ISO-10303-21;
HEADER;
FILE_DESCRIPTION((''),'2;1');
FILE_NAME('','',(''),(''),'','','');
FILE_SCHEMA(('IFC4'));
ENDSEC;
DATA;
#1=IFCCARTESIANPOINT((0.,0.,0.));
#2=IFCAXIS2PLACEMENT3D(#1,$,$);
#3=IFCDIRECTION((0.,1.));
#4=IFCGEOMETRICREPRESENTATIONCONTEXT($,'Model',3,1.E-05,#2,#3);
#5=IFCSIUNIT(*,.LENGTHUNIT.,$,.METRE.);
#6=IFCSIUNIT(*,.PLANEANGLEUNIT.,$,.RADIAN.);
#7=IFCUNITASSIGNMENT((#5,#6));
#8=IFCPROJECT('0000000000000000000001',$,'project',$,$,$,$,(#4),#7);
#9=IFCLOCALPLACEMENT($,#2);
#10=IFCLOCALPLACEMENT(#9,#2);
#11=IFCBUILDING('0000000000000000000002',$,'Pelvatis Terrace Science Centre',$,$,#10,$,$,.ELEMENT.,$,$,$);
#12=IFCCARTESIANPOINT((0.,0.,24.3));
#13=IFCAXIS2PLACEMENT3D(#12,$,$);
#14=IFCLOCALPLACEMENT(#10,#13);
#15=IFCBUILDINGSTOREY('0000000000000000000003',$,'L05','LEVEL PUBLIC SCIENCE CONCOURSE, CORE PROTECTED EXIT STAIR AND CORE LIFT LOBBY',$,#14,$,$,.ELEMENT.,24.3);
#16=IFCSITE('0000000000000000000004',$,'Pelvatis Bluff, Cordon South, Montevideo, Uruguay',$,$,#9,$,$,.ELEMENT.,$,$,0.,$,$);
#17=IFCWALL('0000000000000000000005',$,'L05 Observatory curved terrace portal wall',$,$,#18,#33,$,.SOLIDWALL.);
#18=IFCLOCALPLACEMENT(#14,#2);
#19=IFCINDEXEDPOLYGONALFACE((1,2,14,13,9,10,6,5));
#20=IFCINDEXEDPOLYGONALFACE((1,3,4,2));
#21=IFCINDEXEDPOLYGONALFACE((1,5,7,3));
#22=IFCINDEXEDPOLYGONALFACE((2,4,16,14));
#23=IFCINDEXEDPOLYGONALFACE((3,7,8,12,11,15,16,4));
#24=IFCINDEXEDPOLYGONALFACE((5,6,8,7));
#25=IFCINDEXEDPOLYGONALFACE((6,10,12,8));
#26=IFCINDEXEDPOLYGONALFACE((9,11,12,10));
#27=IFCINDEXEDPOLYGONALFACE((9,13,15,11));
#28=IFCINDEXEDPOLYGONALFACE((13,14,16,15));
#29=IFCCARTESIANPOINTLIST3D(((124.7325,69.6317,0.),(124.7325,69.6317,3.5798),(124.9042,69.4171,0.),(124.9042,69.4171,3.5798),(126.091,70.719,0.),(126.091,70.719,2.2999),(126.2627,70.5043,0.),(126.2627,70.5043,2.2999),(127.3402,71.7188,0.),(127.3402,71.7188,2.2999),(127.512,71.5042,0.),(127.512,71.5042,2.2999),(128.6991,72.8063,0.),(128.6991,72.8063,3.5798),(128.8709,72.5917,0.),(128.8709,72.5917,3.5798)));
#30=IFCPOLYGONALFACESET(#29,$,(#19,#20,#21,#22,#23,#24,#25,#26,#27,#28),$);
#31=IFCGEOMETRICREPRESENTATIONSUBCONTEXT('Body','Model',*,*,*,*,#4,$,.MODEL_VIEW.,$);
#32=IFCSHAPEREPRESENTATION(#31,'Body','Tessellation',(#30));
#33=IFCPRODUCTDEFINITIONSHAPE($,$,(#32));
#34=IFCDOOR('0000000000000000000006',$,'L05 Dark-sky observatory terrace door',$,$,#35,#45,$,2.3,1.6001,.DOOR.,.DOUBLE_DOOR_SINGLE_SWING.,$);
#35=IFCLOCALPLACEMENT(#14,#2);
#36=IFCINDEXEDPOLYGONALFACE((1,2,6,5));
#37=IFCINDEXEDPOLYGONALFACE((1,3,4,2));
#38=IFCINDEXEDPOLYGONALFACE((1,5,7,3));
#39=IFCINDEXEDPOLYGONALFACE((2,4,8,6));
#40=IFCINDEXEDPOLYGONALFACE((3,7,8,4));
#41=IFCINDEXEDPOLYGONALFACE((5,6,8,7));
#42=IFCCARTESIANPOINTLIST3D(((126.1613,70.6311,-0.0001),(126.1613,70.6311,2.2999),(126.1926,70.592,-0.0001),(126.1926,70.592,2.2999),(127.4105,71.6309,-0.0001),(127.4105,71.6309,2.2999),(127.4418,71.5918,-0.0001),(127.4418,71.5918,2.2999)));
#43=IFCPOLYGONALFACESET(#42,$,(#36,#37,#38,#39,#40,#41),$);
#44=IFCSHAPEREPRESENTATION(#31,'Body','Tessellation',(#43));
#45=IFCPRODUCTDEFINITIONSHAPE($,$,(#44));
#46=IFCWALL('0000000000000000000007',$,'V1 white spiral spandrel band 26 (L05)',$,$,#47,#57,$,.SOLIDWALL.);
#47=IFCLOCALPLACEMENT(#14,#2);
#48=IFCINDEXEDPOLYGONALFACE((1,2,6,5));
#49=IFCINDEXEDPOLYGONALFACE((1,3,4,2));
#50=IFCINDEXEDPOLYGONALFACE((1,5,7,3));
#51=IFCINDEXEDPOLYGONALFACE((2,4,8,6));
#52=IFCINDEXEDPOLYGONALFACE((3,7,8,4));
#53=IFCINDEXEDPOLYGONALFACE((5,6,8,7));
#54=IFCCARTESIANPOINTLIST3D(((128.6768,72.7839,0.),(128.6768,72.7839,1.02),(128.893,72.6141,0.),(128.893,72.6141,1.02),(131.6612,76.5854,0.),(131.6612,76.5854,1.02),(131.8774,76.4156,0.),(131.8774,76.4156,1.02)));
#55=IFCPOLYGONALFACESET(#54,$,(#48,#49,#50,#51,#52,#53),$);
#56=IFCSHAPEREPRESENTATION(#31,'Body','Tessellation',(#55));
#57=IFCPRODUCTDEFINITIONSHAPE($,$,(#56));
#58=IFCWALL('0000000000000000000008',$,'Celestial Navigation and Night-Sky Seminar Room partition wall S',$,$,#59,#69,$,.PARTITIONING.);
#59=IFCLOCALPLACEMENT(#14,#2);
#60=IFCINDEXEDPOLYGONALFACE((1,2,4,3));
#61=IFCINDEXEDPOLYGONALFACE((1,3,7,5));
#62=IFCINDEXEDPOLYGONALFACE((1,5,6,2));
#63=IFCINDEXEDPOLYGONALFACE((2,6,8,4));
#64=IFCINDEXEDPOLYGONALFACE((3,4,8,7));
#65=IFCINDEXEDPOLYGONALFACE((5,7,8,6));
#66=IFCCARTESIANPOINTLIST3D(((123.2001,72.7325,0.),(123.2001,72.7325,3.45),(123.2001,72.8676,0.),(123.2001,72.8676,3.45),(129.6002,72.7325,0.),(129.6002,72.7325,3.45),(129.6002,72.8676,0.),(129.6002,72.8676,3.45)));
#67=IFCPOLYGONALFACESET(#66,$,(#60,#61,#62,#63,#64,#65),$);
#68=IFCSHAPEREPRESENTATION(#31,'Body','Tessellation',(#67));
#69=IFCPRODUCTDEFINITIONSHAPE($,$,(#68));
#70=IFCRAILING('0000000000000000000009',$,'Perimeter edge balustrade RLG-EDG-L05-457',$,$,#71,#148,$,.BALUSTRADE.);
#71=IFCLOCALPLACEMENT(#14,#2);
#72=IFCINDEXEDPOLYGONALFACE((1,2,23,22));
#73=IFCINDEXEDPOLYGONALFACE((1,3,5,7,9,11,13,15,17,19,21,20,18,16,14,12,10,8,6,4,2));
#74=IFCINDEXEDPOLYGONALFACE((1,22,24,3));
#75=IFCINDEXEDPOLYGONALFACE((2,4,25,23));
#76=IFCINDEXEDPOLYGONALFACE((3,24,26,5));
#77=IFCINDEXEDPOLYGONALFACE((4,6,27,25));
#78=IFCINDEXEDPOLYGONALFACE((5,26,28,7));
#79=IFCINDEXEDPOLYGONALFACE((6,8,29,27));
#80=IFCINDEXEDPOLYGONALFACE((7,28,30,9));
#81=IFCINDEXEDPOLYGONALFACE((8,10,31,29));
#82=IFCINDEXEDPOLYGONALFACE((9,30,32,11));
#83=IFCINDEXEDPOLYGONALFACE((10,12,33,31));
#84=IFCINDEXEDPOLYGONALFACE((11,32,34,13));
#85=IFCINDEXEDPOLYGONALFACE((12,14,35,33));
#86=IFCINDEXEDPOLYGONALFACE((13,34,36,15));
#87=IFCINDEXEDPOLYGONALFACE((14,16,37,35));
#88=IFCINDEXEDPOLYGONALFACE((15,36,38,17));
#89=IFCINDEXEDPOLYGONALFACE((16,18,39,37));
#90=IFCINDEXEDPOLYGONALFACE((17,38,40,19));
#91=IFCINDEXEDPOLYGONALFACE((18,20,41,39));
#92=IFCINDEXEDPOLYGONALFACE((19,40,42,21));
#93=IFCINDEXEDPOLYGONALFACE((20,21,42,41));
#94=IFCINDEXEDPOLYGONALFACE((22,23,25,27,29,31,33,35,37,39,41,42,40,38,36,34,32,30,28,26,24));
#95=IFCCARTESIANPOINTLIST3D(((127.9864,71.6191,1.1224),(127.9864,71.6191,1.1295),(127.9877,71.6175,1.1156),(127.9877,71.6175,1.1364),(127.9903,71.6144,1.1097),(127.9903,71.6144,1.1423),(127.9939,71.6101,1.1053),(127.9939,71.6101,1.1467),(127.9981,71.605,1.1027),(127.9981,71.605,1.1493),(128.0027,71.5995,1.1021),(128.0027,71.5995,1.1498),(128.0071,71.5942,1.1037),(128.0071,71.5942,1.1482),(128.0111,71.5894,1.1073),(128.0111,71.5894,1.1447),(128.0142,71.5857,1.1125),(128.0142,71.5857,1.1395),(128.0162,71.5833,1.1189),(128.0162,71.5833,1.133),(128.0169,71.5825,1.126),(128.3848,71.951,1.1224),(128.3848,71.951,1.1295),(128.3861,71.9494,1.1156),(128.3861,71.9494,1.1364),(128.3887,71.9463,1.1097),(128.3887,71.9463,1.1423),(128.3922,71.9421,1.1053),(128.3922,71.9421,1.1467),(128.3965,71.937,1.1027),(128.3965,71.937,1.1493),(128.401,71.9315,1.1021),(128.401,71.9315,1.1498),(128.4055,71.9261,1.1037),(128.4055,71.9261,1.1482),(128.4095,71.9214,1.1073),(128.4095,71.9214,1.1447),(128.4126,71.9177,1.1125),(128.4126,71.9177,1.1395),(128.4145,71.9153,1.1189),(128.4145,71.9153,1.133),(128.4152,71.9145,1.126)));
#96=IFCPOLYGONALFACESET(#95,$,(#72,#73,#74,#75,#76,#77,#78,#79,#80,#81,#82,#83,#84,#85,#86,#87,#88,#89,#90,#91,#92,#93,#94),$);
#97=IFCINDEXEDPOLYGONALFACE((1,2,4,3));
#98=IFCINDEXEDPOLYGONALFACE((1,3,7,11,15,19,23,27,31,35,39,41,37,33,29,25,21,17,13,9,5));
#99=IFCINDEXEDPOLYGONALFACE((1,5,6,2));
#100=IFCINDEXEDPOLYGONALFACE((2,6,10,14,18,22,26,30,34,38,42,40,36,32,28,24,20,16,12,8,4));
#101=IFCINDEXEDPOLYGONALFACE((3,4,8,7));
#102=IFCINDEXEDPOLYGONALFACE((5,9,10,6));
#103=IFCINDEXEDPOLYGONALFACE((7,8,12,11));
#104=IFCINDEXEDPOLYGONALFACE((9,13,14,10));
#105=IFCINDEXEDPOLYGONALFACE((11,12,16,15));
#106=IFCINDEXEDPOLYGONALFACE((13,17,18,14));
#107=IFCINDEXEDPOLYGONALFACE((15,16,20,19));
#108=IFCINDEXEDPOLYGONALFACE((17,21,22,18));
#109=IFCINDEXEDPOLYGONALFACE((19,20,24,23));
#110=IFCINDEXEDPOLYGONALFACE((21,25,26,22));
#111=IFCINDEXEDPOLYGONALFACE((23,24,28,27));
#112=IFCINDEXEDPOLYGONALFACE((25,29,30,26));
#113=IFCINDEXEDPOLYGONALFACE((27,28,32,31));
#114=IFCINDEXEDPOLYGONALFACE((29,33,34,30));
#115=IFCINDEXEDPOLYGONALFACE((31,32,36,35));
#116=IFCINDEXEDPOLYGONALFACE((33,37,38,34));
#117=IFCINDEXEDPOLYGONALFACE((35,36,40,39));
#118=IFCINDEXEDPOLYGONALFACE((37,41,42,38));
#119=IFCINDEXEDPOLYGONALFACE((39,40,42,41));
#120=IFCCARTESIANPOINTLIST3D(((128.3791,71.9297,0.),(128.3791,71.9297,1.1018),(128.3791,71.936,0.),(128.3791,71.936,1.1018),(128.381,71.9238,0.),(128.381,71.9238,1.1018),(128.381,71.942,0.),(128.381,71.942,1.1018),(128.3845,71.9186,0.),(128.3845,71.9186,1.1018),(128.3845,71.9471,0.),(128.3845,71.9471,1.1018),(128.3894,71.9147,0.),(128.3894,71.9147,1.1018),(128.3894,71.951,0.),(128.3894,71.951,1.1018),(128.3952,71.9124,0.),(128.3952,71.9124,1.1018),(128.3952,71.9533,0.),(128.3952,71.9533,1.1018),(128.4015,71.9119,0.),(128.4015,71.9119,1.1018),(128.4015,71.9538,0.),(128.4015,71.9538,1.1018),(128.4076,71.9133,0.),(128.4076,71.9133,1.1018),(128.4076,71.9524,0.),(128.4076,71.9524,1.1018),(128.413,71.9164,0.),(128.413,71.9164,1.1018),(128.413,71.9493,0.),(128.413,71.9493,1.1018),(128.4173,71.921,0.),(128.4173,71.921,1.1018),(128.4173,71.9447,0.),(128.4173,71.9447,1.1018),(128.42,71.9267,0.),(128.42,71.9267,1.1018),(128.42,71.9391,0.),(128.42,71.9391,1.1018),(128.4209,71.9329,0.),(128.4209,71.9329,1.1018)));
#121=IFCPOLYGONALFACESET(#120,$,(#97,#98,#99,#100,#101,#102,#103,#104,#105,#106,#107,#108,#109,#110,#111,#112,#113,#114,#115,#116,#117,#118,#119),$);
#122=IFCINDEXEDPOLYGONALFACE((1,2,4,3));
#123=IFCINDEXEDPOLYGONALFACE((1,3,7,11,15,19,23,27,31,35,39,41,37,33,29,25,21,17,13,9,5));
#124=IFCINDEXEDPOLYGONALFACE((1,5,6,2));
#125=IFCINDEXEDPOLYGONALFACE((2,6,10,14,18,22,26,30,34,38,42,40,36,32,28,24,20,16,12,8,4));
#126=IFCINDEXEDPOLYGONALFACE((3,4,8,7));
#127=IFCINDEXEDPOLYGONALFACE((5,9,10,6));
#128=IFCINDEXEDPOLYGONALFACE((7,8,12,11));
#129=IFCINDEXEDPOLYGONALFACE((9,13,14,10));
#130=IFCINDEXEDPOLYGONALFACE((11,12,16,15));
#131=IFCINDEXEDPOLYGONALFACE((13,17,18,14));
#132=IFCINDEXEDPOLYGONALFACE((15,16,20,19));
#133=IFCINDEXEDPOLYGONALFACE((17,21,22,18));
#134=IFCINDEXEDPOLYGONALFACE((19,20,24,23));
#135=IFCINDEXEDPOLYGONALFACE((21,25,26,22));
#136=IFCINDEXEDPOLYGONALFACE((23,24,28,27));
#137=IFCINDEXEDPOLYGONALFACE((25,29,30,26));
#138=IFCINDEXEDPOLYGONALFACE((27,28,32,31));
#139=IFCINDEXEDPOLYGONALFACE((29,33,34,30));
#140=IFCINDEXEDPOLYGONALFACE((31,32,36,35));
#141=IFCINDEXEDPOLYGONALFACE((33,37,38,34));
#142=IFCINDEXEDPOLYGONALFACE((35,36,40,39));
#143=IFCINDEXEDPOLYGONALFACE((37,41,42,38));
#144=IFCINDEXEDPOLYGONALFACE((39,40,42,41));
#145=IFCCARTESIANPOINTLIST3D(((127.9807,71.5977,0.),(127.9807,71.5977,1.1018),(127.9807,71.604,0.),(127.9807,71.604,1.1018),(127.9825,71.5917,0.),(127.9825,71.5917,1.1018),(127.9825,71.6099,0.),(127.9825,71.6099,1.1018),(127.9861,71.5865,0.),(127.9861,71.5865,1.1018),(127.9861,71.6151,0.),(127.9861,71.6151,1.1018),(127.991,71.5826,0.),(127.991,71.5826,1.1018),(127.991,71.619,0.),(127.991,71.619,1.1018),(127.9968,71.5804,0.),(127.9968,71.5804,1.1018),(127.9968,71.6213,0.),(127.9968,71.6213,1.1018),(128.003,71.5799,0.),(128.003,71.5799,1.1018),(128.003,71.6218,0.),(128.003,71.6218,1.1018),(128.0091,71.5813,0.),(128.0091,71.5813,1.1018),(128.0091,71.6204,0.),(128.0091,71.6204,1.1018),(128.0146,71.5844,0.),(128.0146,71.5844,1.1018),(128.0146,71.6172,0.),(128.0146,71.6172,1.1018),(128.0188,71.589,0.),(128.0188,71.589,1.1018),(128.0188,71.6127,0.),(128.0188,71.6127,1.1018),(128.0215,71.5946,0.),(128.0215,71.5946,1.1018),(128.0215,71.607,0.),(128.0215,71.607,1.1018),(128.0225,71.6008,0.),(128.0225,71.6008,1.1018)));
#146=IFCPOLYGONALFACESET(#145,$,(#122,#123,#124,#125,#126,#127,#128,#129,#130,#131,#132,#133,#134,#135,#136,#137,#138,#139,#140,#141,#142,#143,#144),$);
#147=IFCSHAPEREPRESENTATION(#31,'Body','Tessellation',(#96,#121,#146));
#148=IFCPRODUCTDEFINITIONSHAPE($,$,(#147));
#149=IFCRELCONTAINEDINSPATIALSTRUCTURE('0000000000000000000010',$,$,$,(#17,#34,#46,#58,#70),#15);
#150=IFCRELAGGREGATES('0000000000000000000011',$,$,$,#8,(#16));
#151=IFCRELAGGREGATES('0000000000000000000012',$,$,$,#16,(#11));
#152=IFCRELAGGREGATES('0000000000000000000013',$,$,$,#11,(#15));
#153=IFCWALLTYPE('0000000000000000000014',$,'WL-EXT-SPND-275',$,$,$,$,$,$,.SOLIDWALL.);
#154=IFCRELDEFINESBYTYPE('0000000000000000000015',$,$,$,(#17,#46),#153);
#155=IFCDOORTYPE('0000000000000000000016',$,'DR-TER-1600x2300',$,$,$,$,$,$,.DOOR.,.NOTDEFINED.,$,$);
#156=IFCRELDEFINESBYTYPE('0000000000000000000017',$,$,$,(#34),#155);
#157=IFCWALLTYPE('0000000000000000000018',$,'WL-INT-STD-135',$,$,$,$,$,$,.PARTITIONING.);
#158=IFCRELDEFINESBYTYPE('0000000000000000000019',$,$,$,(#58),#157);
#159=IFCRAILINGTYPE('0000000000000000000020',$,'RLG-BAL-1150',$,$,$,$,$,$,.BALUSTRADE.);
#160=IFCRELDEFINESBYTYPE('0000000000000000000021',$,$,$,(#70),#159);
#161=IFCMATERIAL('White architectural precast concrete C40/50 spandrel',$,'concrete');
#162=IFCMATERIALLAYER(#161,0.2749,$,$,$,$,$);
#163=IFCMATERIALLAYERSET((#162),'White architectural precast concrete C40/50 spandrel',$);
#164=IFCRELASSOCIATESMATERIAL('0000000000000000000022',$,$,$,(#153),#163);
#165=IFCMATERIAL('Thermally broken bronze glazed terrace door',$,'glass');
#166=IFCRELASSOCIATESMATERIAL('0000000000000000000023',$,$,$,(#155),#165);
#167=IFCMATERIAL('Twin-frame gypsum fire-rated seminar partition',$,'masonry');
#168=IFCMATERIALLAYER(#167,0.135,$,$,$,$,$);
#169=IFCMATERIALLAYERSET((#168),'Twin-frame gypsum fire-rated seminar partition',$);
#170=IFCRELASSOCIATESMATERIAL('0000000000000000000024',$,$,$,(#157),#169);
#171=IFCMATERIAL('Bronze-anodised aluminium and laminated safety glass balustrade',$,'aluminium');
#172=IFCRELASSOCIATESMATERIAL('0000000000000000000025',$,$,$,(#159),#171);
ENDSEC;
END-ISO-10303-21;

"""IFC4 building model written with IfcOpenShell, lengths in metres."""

from ifc_helpers import new_model, si_unit, direction, frame, frame_2d, origin, origin_2d, place, context, subcontext, project, spatial, rectangle, circle, extrude, material, layer, layer_set, type_object, element, fill, save


model = new_model("IFC4")

# Units and contexts
model_context = context("Model", 3, precision=1e-05, world=origin(), true_north=direction((0.0, 1.0)))
body_context = subcontext(model_context, "Body", "Model", "MODEL_VIEW")
ifc_project = project(units=[si_unit("LENGTHUNIT", "METRE"), si_unit("PLANEANGLEUNIT", "RADIAN")], contexts=[model_context])

# Site, building, storey
site_placement = place(None, origin())
site = spatial("IfcSite", under=ifc_project, at=site_placement, Name="Pelvatis Bluff, Cordon South, Montevideo, Uruguay", CompositionType="ELEMENT", RefElevation=0.0)
building_placement = place(site_placement, origin())
building = spatial("IfcBuilding", under=site, at=building_placement, Name="Pelvatis Terrace Science Centre", CompositionType="ELEMENT")
storey_placement = place(building_placement, frame((0.0, 0.0, 24.3)))
storey = spatial("IfcBuildingStorey", under=building, at=storey_placement, Name="L05", Description="LEVEL PUBLIC SCIENCE CONCOURSE, CORE PROTECTED EXIT STAIR AND CORE LIFT LOBBY", CompositionType="ELEMENT", Elevation=24.3)

# Wall, opening, door
ifc_material_1 = material(Name="White architectural precast concrete C40/50 spandrel", Category="concrete")
ifc_layer_1 = layer(ifc_material_1, 0.2749)
ifc_layer_set_1 = layer_set([ifc_layer_1], Name="White architectural precast concrete C40/50 spandrel")
wall_type_1 = type_object("IfcWallType", Name="WL-EXT-SPND-275", PredefinedType="SOLIDWALL", material=ifc_layer_set_1)
wall_1_placement = place(storey_placement, frame((124.8184, 69.5244, 0.0), z_axis=(0.0, 0.0, 1.0), x_axis=(0.780742, 0.624853, 0.0)))
wall_1 = element("IfcWall", 1, at=wall_1_placement, inside=storey, type_object=wall_type_1, Name="L05 Observatory curved terrace portal wall", PredefinedType="SOLIDWALL", context=body_context, shape_type="SweptSolid", body=[
    extrude(rectangle(XDim=5.0806, YDim=0.2749, at=frame_2d((2.5403, 0.0))), origin(), (0.0, 0.0, 1.0), 3.5798),
])
opening_placement = place(wall_1_placement, frame((1.74, 0.0, 0.0)))
opening = element("IfcOpeningElement", 2, at=opening_placement, cuts=wall_1, PredefinedType="OPENING", context=body_context, shape_type="SweptSolid", body=[
    extrude(rectangle(XDim=1.6001, YDim=2.3, at=frame_2d((0.8, 1.1499))), frame((0.0, 0.1475, 0.0), z_axis=(0.0, -1.0, 0.0), x_axis=(1.0, 0.0, 0.0)), (0.0, 0.0, 1.0), 0.2949),
])
ifc_material_2 = material(Name="Thermally broken bronze glazed terrace door", Category="glass")
door_type = type_object("IfcDoorType", Name="DR-TER-1600x2300", OperationType="NOTDEFINED", PredefinedType="DOOR", material=ifc_material_2)
door_placement = place(opening_placement, origin())
door = element("IfcDoor", 3, at=door_placement, inside=storey, type_object=door_type, Name="L05 Dark-sky observatory terrace door", OperationType="DOUBLE_DOOR_SINGLE_SWING", OverallHeight=2.3, OverallWidth=1.6001, PredefinedType="DOOR", context=body_context, shape_type="SweptSolid", body=[
    extrude(rectangle(XDim=1.6001, YDim=2.3, at=frame_2d((0.8, 1.1499))), frame((0.0, 0.0249, 0.0), z_axis=(0.0, -1.0, 0.0), x_axis=(1.0, 0.0, 0.0)), (0.0, 0.0, 1.0), 0.05),
])
fill(opening, door)

# Walls
wall_2_placement = place(storey_placement, frame((128.7849, 72.699, 0.0), z_axis=(0.0, 0.0, 1.0), x_axis=(0.617498, 0.786572, 0.0)))
element("IfcWall", 4, at=wall_2_placement, inside=storey, type_object=wall_type_1, Name="V1 white spiral spandrel band 26 (L05)", PredefinedType="SOLIDWALL", context=body_context, shape_type="SweptSolid", body=[
    extrude(rectangle(XDim=4.833, YDim=0.2749, at=frame_2d((2.4165, 0.0))), origin(), (0.0, 0.0, 1.0), 1.02),
])
ifc_material_3 = material(Name="Twin-frame gypsum fire-rated seminar partition", Category="masonry")
ifc_layer_2 = layer(ifc_material_3, 0.135)
ifc_layer_set_2 = layer_set([ifc_layer_2], Name="Twin-frame gypsum fire-rated seminar partition")
wall_type_2 = type_object("IfcWallType", Name="WL-INT-STD-135", PredefinedType="PARTITIONING", material=ifc_layer_set_2)
wall_3_placement = place(storey_placement, frame((123.2, 72.8, 0.0), z_axis=(0.0, 0.0, 1.0), x_axis=(1.0, 0.0, 0.0)))
element("IfcWall", 5, at=wall_3_placement, inside=storey, type_object=wall_type_2, Name="Celestial Navigation and Night-Sky Seminar Room partition wall S", PredefinedType="PARTITIONING", context=body_context, shape_type="SweptSolid", body=[
    extrude(rectangle(XDim=6.4001, YDim=0.135, at=frame_2d((3.2002, 0.0))), origin(), (0.0, 0.0, 1.0), 3.45),
])

# Railing
ifc_material_4 = material(Name="Bronze-anodised aluminium and laminated safety glass balustrade", Category="aluminium")
railing_type = type_object("IfcRailingType", Name="RLG-BAL-1150", PredefinedType="BALUSTRADE", material=ifc_material_4)
railing_1_placement = place(storey_placement, frame((128.3999, 71.9329, 0.0)))
element("IfcRailing", 6, at=railing_1_placement, inside=storey, type_object=railing_type, Name="Perimeter edge balustrade RLG-EDG-L05-457", PredefinedType="BALUSTRADE", context=body_context, shape_type="SweptSolid", body=[
    extrude(circle(Radius=0.0239, at=origin_2d()), frame((0.0, 0.0, 1.126), z_axis=(-0.768221, -0.640184, 0.0), x_axis=(0.640184, -0.768221, 0.0)), (0.0, 0.0, 1.0), 0.5186),
    extrude(circle(Radius=0.021, at=origin_2d()), origin(), (0.0, 0.0, 1.0), 1.1018),
    extrude(circle(Radius=0.021, at=origin_2d()), frame((-0.3984, -0.332, 0.0)), (0.0, 0.0, 1.0), 1.1018),
])

save(model, "model.ifc")
